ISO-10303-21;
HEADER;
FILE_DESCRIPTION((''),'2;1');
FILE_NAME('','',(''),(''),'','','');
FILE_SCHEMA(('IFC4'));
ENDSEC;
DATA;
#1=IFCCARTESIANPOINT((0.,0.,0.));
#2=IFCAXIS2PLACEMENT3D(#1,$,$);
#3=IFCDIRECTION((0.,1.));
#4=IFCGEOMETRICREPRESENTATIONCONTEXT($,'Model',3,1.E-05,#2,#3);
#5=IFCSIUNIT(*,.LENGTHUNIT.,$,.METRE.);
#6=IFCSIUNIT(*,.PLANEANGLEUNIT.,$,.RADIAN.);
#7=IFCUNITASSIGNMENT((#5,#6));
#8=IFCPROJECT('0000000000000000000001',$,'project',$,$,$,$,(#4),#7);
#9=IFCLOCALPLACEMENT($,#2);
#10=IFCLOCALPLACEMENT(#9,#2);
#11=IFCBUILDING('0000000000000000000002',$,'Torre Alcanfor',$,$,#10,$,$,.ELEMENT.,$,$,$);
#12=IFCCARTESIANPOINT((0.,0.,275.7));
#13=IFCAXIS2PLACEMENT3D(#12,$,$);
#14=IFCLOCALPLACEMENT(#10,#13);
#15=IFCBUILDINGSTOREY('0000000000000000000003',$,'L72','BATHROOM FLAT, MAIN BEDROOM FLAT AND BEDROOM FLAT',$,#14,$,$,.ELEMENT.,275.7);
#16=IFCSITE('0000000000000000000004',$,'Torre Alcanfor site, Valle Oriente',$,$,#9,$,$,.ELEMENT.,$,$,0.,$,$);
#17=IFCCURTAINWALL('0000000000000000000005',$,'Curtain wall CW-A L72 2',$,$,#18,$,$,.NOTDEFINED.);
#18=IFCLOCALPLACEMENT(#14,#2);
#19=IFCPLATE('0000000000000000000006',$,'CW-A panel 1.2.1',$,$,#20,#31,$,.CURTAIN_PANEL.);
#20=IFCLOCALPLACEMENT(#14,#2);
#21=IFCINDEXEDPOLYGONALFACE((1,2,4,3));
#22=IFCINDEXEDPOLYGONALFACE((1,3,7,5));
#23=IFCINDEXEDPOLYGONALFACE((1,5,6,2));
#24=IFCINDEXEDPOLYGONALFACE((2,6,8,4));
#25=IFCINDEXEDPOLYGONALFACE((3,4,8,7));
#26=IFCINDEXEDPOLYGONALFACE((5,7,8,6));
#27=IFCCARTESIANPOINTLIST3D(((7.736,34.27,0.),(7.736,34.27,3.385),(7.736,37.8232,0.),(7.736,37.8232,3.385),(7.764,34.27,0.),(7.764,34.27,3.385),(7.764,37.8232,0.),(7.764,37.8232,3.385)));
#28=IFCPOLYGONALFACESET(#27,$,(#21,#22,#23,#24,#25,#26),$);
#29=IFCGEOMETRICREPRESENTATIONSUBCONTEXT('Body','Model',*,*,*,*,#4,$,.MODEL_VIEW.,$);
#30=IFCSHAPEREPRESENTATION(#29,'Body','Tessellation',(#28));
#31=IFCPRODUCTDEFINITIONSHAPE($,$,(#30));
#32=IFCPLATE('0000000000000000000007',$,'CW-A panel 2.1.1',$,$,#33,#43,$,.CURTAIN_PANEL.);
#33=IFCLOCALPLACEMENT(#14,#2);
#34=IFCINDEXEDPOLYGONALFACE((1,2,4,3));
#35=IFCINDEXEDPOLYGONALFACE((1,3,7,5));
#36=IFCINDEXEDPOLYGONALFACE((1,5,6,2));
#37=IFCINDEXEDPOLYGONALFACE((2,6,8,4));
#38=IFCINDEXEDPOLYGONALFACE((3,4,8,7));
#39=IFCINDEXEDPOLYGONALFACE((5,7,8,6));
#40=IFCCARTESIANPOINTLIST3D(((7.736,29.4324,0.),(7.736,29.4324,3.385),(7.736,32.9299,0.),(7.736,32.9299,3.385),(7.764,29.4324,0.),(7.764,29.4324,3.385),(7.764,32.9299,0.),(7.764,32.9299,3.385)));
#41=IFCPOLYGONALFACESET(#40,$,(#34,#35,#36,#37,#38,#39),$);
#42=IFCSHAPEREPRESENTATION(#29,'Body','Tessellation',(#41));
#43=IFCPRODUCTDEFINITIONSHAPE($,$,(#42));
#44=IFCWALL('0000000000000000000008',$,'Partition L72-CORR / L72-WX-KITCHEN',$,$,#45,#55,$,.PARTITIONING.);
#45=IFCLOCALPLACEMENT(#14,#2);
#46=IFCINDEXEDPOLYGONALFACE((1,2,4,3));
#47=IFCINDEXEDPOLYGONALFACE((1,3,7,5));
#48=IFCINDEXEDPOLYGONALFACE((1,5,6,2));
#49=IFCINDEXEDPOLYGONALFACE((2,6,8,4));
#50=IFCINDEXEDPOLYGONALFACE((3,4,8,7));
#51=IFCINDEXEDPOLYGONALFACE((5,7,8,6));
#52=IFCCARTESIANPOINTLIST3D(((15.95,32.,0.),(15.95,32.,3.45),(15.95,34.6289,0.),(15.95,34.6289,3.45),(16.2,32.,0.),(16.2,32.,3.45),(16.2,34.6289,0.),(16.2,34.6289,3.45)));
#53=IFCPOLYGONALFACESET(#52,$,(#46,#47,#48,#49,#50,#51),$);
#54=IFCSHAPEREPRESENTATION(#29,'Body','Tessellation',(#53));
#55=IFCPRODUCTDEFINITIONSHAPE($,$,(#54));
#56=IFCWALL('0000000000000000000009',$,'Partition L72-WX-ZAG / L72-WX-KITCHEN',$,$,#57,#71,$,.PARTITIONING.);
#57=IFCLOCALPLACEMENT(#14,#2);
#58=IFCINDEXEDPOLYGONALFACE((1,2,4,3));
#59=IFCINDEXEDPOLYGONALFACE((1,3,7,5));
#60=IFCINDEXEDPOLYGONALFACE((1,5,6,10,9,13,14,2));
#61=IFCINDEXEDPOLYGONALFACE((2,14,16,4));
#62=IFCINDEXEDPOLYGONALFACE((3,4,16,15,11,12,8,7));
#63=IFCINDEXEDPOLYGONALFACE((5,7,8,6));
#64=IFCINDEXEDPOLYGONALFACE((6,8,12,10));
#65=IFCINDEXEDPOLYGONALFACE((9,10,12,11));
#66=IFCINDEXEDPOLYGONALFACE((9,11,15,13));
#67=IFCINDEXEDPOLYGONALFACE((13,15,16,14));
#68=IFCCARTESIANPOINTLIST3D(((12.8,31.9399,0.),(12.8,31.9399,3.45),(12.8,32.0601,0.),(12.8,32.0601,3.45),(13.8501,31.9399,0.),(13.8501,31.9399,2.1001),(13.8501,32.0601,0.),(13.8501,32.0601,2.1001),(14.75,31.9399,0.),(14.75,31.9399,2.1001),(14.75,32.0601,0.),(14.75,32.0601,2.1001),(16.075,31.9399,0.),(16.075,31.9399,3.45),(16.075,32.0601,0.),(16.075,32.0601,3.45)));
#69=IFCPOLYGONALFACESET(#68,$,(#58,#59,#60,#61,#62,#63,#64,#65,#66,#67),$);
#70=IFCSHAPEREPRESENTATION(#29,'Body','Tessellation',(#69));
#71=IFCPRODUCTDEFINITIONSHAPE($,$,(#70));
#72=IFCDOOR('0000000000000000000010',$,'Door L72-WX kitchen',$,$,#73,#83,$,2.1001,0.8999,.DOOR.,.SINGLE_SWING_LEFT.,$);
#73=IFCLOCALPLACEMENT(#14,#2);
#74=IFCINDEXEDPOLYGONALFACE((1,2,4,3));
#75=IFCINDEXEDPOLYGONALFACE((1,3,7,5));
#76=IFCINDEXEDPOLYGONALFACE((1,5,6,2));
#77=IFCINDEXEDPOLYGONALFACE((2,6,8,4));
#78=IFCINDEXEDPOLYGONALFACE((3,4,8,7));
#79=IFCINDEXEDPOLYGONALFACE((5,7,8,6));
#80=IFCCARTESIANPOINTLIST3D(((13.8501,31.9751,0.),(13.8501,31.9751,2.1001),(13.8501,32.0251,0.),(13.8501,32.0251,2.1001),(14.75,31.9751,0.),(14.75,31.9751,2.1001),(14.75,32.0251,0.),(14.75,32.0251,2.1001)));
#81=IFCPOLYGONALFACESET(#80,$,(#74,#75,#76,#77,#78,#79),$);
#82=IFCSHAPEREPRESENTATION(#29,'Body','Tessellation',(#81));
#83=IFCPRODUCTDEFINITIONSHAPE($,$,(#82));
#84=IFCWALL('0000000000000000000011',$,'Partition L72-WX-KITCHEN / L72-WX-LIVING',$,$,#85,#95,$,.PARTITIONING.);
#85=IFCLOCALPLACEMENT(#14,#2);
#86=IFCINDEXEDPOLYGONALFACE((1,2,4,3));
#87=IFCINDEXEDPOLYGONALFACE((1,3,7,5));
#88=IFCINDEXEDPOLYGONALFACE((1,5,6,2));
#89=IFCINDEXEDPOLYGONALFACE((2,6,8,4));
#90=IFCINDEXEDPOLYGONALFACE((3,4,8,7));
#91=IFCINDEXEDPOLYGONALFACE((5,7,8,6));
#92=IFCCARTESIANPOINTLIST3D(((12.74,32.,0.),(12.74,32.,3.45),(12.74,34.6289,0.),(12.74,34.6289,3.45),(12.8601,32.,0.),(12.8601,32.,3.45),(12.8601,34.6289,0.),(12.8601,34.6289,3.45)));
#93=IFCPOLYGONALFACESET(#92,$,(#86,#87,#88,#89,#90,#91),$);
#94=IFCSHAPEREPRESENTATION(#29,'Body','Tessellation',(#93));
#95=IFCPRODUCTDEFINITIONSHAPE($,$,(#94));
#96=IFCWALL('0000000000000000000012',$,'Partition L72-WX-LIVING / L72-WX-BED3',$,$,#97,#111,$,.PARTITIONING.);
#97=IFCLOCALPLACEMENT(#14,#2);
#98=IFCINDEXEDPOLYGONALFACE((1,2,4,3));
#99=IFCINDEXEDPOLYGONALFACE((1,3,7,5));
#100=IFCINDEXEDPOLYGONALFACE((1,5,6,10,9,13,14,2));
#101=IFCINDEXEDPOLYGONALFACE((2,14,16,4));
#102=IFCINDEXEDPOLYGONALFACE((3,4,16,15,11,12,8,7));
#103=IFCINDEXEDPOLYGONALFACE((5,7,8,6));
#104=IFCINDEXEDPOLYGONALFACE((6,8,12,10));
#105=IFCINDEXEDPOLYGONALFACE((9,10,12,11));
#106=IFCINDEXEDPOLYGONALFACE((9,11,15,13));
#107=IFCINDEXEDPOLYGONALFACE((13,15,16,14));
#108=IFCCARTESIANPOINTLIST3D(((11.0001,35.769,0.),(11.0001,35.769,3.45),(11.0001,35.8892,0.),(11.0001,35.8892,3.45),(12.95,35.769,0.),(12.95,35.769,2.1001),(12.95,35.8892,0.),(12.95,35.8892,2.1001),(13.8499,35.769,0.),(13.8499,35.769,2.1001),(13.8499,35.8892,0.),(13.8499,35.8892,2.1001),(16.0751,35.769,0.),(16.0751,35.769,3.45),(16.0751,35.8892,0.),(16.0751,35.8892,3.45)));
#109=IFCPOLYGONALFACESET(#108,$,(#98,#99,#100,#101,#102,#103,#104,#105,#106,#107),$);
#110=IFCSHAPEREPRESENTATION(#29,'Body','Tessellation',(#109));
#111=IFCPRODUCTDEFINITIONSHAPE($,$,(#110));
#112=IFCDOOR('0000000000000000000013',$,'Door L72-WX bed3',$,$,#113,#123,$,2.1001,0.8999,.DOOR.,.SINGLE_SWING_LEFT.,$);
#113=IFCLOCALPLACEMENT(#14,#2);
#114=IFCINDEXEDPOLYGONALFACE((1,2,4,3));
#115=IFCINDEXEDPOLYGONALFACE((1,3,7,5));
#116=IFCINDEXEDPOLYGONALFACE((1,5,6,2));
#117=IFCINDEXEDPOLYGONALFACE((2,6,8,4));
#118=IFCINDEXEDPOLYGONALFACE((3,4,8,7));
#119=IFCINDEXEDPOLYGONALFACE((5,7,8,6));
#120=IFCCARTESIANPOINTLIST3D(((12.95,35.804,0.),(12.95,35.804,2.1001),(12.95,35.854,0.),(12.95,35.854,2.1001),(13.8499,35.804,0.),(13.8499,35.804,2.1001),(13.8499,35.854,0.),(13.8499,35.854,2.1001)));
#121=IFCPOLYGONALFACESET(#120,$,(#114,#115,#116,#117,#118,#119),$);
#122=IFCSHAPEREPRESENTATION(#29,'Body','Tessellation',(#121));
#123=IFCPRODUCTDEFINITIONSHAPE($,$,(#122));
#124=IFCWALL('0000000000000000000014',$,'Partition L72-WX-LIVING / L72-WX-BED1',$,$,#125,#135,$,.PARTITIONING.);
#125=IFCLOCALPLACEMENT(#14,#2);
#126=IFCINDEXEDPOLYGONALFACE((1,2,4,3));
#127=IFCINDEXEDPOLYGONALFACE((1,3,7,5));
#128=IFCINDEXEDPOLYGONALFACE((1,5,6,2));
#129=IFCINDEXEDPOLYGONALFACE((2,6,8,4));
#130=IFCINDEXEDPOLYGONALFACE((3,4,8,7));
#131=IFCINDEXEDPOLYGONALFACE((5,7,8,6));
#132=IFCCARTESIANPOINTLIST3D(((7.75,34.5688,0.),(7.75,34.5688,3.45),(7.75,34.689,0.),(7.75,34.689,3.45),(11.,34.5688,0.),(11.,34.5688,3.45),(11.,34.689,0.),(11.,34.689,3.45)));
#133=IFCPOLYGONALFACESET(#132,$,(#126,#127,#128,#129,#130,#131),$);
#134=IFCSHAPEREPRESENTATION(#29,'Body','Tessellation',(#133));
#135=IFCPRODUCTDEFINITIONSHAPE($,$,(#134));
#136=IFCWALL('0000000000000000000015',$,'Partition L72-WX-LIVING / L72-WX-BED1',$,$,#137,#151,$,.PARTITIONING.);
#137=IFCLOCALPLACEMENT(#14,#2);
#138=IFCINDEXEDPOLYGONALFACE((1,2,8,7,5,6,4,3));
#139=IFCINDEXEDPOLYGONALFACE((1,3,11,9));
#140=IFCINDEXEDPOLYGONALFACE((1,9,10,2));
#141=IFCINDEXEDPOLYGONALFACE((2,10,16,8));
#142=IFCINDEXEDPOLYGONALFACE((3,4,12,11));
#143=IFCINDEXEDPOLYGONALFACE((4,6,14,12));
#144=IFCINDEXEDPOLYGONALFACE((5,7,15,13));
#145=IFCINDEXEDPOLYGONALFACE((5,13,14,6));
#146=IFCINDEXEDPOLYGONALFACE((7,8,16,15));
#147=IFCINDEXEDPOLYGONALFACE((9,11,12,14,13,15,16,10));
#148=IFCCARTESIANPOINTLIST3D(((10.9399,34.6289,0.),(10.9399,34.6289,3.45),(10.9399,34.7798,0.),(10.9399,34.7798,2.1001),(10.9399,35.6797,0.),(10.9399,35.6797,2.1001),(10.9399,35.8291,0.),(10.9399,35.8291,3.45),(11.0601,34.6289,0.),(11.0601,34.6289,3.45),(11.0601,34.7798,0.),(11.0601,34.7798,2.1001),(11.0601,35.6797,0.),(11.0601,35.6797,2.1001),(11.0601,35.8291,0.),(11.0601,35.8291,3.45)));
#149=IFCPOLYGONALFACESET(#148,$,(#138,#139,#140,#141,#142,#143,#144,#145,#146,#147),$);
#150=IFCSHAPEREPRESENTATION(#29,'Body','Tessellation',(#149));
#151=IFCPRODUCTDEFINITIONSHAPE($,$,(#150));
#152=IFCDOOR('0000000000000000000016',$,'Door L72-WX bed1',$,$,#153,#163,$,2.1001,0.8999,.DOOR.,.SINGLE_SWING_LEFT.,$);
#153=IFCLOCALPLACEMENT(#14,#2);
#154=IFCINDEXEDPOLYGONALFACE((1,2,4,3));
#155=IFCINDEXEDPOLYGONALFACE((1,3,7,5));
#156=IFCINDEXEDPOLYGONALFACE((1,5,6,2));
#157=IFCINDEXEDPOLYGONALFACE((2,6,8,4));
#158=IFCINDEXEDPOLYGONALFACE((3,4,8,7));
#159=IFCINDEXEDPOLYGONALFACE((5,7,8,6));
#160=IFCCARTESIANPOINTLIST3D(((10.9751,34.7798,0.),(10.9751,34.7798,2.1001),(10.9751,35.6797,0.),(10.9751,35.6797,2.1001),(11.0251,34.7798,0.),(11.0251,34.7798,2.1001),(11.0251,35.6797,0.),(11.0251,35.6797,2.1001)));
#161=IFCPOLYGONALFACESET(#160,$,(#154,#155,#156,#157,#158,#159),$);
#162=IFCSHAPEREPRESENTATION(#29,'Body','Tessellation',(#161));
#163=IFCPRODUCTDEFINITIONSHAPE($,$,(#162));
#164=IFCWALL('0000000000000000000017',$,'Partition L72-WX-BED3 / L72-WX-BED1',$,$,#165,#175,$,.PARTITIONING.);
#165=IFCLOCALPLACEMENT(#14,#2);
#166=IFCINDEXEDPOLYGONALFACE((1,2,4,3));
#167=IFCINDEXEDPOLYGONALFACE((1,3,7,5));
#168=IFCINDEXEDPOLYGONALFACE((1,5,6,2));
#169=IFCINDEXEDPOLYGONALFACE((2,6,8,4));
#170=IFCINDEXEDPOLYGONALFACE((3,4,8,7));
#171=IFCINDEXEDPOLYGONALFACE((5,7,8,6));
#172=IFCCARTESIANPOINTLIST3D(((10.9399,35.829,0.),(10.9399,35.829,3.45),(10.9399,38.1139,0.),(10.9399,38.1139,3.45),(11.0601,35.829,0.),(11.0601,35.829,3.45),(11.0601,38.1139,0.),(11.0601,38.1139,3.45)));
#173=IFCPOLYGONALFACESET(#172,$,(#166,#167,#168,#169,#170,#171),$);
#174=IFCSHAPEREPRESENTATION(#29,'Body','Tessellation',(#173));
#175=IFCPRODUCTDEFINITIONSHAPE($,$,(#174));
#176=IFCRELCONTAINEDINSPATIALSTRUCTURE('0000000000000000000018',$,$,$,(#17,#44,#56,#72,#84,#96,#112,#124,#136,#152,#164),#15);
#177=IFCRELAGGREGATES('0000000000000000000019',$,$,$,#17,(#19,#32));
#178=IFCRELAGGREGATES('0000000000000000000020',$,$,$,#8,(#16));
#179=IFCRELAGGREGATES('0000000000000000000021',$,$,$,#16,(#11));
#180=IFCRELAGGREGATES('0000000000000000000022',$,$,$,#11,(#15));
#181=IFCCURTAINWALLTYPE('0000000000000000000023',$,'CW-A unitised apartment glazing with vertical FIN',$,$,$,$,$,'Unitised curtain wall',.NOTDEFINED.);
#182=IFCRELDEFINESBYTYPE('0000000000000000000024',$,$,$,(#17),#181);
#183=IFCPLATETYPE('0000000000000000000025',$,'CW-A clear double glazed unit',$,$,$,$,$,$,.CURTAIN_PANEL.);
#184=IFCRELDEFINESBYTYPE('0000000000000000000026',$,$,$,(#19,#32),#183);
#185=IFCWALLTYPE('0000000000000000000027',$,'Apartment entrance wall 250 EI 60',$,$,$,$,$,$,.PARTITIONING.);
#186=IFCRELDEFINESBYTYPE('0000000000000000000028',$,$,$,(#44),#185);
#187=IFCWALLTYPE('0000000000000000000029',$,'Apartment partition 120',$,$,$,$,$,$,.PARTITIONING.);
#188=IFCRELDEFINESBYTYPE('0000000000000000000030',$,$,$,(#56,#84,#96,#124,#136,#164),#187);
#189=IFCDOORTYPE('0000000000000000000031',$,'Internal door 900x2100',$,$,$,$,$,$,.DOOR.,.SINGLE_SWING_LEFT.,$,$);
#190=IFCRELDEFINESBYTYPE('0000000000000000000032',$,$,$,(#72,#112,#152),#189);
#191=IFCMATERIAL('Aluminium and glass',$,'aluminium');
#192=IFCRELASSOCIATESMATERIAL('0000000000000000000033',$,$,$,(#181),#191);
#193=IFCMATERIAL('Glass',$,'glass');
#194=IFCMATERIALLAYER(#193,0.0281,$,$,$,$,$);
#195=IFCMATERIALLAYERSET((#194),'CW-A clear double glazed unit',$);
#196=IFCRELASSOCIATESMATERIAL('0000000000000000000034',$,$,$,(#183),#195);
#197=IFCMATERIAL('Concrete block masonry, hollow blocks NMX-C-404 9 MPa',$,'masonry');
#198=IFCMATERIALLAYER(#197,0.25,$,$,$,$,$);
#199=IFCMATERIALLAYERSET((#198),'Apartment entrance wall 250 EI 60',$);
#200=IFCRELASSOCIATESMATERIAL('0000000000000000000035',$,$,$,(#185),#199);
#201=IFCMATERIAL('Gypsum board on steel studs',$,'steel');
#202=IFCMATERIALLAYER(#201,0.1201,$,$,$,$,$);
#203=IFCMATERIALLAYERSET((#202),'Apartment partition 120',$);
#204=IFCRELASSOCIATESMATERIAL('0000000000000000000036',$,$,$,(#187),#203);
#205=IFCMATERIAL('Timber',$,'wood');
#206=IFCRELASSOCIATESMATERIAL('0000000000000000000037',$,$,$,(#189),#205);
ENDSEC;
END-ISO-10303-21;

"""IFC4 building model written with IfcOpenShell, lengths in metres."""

from ifc_helpers import new_model, si_unit, direction, frame, frame_2d, origin, origin_2d, place, context, subcontext, project, spatial, rectangle, extrude, material, layer, layer_set, type_object, element, fill, aggregate, save


model = new_model("IFC4")

# Units and contexts
model_context = context("Model", 3, precision=1e-05, world=origin(), true_north=direction((0.0, 1.0)))
body_context = subcontext(model_context, "Body", "Model", "MODEL_VIEW")
ifc_project = project(units=[si_unit("LENGTHUNIT", "METRE"), si_unit("PLANEANGLEUNIT", "RADIAN")], contexts=[model_context])

# Site, building, storey
site_placement = place(None, origin())
site = spatial("IfcSite", under=ifc_project, at=site_placement, Name="Torre Alcanfor site, Valle Oriente", CompositionType="ELEMENT", RefElevation=0.0)
building_placement = place(site_placement, origin())
building = spatial("IfcBuilding", under=site, at=building_placement, Name="Torre Alcanfor", CompositionType="ELEMENT")
storey_placement = place(building_placement, frame((0.0, 0.0, 275.7)))
storey = spatial("IfcBuildingStorey", under=building, at=storey_placement, Name="L72", Description="BATHROOM FLAT, MAIN BEDROOM FLAT AND BEDROOM FLAT", CompositionType="ELEMENT", Elevation=275.7)

# Curtain wall
ifc_material_1 = material(Name="Aluminium and glass", Category="aluminium")
curtain_wall_type = type_object("IfcCurtainWallType", Name="CW-A unitised apartment glazing with vertical FIN", ElementType="Unitised curtain wall", PredefinedType="NOTDEFINED", material=ifc_material_1)
curtain_wall_placement = place(storey_placement, origin())
curtain_wall = element("IfcCurtainWall", 1, at=curtain_wall_placement, inside=storey, type_object=curtain_wall_type, Name="Curtain wall CW-A L72 2", PredefinedType="NOTDEFINED")

# Plates
ifc_material_2 = material(Name="Glass", Category="glass")
ifc_layer_1 = layer(ifc_material_2, 0.0281)
ifc_layer_set_1 = layer_set([ifc_layer_1], Name="CW-A clear double glazed unit")
plate_type = type_object("IfcPlateType", Name="CW-A clear double glazed unit", PredefinedType="CURTAIN_PANEL", material=ifc_layer_set_1)
plate_1_placement = place(storey_placement, frame((7.75, 36.0466, 0.0), z_axis=(0.0, 0.0, 1.0), x_axis=(0.0, -1.0, 0.0)))
plate_1 = element("IfcPlate", 2, at=plate_1_placement, type_object=plate_type, Name="CW-A panel 1.2.1", PredefinedType="CURTAIN_PANEL", context=body_context, shape_type="SweptSolid", body=[
    extrude(rectangle(XDim=3.5532, YDim=0.0281, at=origin_2d()), origin(), (0.0, 0.0, 1.0), 3.385),
])
plate_2_placement = place(storey_placement, frame((7.75, 31.1812, 0.0), z_axis=(0.0, 0.0, 1.0), x_axis=(0.0, -1.0, 0.0)))
plate_2 = element("IfcPlate", 3, at=plate_2_placement, type_object=plate_type, Name="CW-A panel 2.1.1", PredefinedType="CURTAIN_PANEL", context=body_context, shape_type="SweptSolid", body=[
    extrude(rectangle(XDim=3.4976, YDim=0.0281, at=origin_2d()), origin(), (0.0, 0.0, 1.0), 3.385),
])
aggregate(curtain_wall, [plate_1, plate_2])

# Wall
ifc_material_3 = material(Name="Concrete block masonry, hollow blocks NMX-C-404 9 MPa", Category="masonry")
ifc_layer_2 = layer(ifc_material_3, 0.25)
ifc_layer_set_2 = layer_set([ifc_layer_2], Name="Apartment entrance wall 250 EI 60")
wall_type_1 = type_object("IfcWallType", Name="Apartment entrance wall 250 EI 60", PredefinedType="PARTITIONING", material=ifc_layer_set_2)
wall_1_placement = place(storey_placement, frame((16.075, 32.0, 0.0), z_axis=(0.0, 0.0, 1.0), x_axis=(0.0, 1.0, 0.0)))
element("IfcWall", 4, at=wall_1_placement, inside=storey, type_object=wall_type_1, Name="Partition L72-CORR / L72-WX-KITCHEN", PredefinedType="PARTITIONING", context=body_context, shape_type="SweptSolid", body=[
    extrude(rectangle(XDim=2.6289, YDim=0.25, at=frame_2d((1.3145, 0.0))), origin(), (0.0, 0.0, 1.0), 3.45),
])

# Wall, opening, door
ifc_material_4 = material(Name="Gypsum board on steel studs", Category="steel")
ifc_layer_3 = layer(ifc_material_4, 0.1201)
ifc_layer_set_3 = layer_set([ifc_layer_3], Name="Apartment partition 120")
wall_type_2 = type_object("IfcWallType", Name="Apartment partition 120", PredefinedType="PARTITIONING", material=ifc_layer_set_3)
wall_2_placement = place(storey_placement, frame((16.075, 32.0, 0.0), z_axis=(0.0, 0.0, 1.0), x_axis=(-1.0, 0.0, 0.0)))
wall_2 = element("IfcWall", 5, at=wall_2_placement, inside=storey, type_object=wall_type_2, Name="Partition L72-WX-ZAG / L72-WX-KITCHEN", PredefinedType="PARTITIONING", context=body_context, shape_type="SweptSolid", body=[
    extrude(rectangle(XDim=3.2749, YDim=0.1201, at=frame_2d((1.6375, 0.0))), origin(), (0.0, 0.0, 1.0), 3.45),
])
opening_1_placement = place(wall_2_placement, frame((1.325, 0.0, 0.0)))
opening_1 = element("IfcOpeningElement", 6, at=opening_1_placement, cuts=wall_2, PredefinedType="OPENING", context=body_context, shape_type="SweptSolid", body=[
    extrude(rectangle(XDim=0.8999, YDim=2.1001, at=frame_2d((0.45, 1.05))), frame((0.0, 0.0701, 0.0), z_axis=(0.0, -1.0, 0.0), x_axis=(1.0, 0.0, 0.0)), (0.0, 0.0, 1.0), 0.1401),
])
ifc_material_5 = material(Name="Timber", Category="wood")
door_type_1 = type_object("IfcDoorType", Name="Internal door 900x2100", OperationType="SINGLE_SWING_LEFT", PredefinedType="DOOR", material=ifc_material_5)
door_1_placement = place(opening_1_placement, frame((0.8999, 0.0, 0.0), z_axis=(0.0, 0.0, 1.0), x_axis=(-1.0, 0.0, 0.0)))
door_1 = element("IfcDoor", 7, at=door_1_placement, inside=storey, type_object=door_type_1, Name="Door L72-WX kitchen", OperationType="SINGLE_SWING_LEFT", OverallHeight=2.1001, OverallWidth=0.8999, PredefinedType="DOOR", context=body_context, shape_type="SweptSolid", body=[
    extrude(rectangle(XDim=0.8999, YDim=2.1001, at=frame_2d((0.45, 1.05))), frame((0.0, 0.0251, 0.0), z_axis=(0.0, -1.0, 0.0), x_axis=(1.0, 0.0, 0.0)), (0.0, 0.0, 1.0), 0.05),
])
fill(opening_1, door_1)

# Wall
wall_3_placement = place(storey_placement, frame((12.8, 34.6289, 0.0), z_axis=(0.0, 0.0, 1.0), x_axis=(0.0, -1.0, 0.0)))
element("IfcWall", 8, at=wall_3_placement, inside=storey, type_object=wall_type_2, Name="Partition L72-WX-KITCHEN / L72-WX-LIVING", PredefinedType="PARTITIONING", context=body_context, shape_type="SweptSolid", body=[
    extrude(rectangle(XDim=2.6289, YDim=0.1201, at=frame_2d((1.3145, 0.0))), origin(), (0.0, 0.0, 1.0), 3.45),
])

# Wall, opening, door
wall_4_placement = place(storey_placement, frame((11.0, 35.8291, 0.0), z_axis=(0.0, 0.0, 1.0), x_axis=(1.0, 0.0, 0.0)))
wall_4 = element("IfcWall", 9, at=wall_4_placement, inside=storey, type_object=wall_type_2, Name="Partition L72-WX-LIVING / L72-WX-BED3", PredefinedType="PARTITIONING", context=body_context, shape_type="SweptSolid", body=[
    extrude(rectangle(XDim=5.075, YDim=0.1201, at=frame_2d((2.5376, 0.0))), origin(), (0.0, 0.0, 1.0), 3.45),
])
opening_2_placement = place(wall_4_placement, frame((1.95, 0.0, 0.0)))
opening_2 = element("IfcOpeningElement", 10, at=opening_2_placement, cuts=wall_4, PredefinedType="OPENING", context=body_context, shape_type="SweptSolid", body=[
    extrude(rectangle(XDim=0.8999, YDim=2.1001, at=frame_2d((0.45, 1.05))), frame((0.0, 0.0701, 0.0), z_axis=(0.0, -1.0, 0.0), x_axis=(1.0, 0.0, 0.0)), (0.0, 0.0, 1.0), 0.1401),
])
door_2_placement = place(opening_2_placement, origin())
door_2 = element("IfcDoor", 11, at=door_2_placement, inside=storey, type_object=door_type_1, Name="Door L72-WX bed3", OperationType="SINGLE_SWING_LEFT", OverallHeight=2.1001, OverallWidth=0.8999, PredefinedType="DOOR", context=body_context, shape_type="SweptSolid", body=[
    extrude(rectangle(XDim=0.8999, YDim=2.1001, at=frame_2d((0.45, 1.05))), frame((0.0, 0.0249, 0.0), z_axis=(0.0, -1.0, 0.0), x_axis=(1.0, 0.0, 0.0)), (0.0, 0.0, 1.0), 0.05),
])
fill(opening_2, door_2)

# Wall
wall_5_placement = place(storey_placement, frame((7.75, 34.6289, 0.0), z_axis=(0.0, 0.0, 1.0), x_axis=(1.0, 0.0, 0.0)))
element("IfcWall", 12, at=wall_5_placement, inside=storey, type_object=wall_type_2, Name="Partition L72-WX-LIVING / L72-WX-BED1", PredefinedType="PARTITIONING", context=body_context, shape_type="SweptSolid", body=[
    extrude(rectangle(XDim=3.25, YDim=0.1201, at=frame_2d((1.625, 0.0))), origin(), (0.0, 0.0, 1.0), 3.45),
])

# Wall, opening, door
wall_6_placement = place(storey_placement, frame((11.0, 34.6289, 0.0), z_axis=(0.0, 0.0, 1.0), x_axis=(0.0, 1.0, 0.0)))
wall_6 = element("IfcWall", 13, at=wall_6_placement, inside=storey, type_object=wall_type_2, Name="Partition L72-WX-LIVING / L72-WX-BED1", PredefinedType="PARTITIONING", context=body_context, shape_type="SweptSolid", body=[
    extrude(rectangle(XDim=1.2002, YDim=0.1201, at=frame_2d((0.6001, 0.0))), origin(), (0.0, 0.0, 1.0), 3.45),
])
opening_3_placement = place(wall_6_placement, frame((0.1509, 0.0, 0.0)))
opening_3 = element("IfcOpeningElement", 14, at=opening_3_placement, cuts=wall_6, PredefinedType="OPENING", context=body_context, shape_type="SweptSolid", body=[
    extrude(rectangle(XDim=0.8999, YDim=2.1001, at=frame_2d((0.45, 1.05))), frame((0.0, 0.0701, 0.0), z_axis=(0.0, -1.0, 0.0), x_axis=(1.0, 0.0, 0.0)), (0.0, 0.0, 1.0), 0.1401),
])
door_3_placement = place(opening_3_placement, origin())
door_3 = element("IfcDoor", 15, at=door_3_placement, inside=storey, type_object=door_type_1, Name="Door L72-WX bed1", OperationType="SINGLE_SWING_LEFT", OverallHeight=2.1001, OverallWidth=0.8999, PredefinedType="DOOR", context=body_context, shape_type="SweptSolid", body=[
    extrude(rectangle(XDim=0.8999, YDim=2.1001, at=frame_2d((0.45, 1.05))), frame((0.0, 0.0249, 0.0), z_axis=(0.0, -1.0, 0.0), x_axis=(1.0, 0.0, 0.0)), (0.0, 0.0, 1.0), 0.05),
])
fill(opening_3, door_3)

# Wall
wall_7_placement = place(storey_placement, frame((11.0, 38.114, 0.0), z_axis=(0.0, 0.0, 1.0), x_axis=(0.0, -1.0, 0.0)))
element("IfcWall", 16, at=wall_7_placement, inside=storey, type_object=wall_type_2, Name="Partition L72-WX-BED3 / L72-WX-BED1", PredefinedType="PARTITIONING", context=body_context, shape_type="SweptSolid", body=[
    extrude(rectangle(XDim=2.2849, YDim=0.1201, at=frame_2d((1.1426, 0.0))), origin(), (0.0, 0.0, 1.0), 3.45),
])

save(model, "model.ifc")
